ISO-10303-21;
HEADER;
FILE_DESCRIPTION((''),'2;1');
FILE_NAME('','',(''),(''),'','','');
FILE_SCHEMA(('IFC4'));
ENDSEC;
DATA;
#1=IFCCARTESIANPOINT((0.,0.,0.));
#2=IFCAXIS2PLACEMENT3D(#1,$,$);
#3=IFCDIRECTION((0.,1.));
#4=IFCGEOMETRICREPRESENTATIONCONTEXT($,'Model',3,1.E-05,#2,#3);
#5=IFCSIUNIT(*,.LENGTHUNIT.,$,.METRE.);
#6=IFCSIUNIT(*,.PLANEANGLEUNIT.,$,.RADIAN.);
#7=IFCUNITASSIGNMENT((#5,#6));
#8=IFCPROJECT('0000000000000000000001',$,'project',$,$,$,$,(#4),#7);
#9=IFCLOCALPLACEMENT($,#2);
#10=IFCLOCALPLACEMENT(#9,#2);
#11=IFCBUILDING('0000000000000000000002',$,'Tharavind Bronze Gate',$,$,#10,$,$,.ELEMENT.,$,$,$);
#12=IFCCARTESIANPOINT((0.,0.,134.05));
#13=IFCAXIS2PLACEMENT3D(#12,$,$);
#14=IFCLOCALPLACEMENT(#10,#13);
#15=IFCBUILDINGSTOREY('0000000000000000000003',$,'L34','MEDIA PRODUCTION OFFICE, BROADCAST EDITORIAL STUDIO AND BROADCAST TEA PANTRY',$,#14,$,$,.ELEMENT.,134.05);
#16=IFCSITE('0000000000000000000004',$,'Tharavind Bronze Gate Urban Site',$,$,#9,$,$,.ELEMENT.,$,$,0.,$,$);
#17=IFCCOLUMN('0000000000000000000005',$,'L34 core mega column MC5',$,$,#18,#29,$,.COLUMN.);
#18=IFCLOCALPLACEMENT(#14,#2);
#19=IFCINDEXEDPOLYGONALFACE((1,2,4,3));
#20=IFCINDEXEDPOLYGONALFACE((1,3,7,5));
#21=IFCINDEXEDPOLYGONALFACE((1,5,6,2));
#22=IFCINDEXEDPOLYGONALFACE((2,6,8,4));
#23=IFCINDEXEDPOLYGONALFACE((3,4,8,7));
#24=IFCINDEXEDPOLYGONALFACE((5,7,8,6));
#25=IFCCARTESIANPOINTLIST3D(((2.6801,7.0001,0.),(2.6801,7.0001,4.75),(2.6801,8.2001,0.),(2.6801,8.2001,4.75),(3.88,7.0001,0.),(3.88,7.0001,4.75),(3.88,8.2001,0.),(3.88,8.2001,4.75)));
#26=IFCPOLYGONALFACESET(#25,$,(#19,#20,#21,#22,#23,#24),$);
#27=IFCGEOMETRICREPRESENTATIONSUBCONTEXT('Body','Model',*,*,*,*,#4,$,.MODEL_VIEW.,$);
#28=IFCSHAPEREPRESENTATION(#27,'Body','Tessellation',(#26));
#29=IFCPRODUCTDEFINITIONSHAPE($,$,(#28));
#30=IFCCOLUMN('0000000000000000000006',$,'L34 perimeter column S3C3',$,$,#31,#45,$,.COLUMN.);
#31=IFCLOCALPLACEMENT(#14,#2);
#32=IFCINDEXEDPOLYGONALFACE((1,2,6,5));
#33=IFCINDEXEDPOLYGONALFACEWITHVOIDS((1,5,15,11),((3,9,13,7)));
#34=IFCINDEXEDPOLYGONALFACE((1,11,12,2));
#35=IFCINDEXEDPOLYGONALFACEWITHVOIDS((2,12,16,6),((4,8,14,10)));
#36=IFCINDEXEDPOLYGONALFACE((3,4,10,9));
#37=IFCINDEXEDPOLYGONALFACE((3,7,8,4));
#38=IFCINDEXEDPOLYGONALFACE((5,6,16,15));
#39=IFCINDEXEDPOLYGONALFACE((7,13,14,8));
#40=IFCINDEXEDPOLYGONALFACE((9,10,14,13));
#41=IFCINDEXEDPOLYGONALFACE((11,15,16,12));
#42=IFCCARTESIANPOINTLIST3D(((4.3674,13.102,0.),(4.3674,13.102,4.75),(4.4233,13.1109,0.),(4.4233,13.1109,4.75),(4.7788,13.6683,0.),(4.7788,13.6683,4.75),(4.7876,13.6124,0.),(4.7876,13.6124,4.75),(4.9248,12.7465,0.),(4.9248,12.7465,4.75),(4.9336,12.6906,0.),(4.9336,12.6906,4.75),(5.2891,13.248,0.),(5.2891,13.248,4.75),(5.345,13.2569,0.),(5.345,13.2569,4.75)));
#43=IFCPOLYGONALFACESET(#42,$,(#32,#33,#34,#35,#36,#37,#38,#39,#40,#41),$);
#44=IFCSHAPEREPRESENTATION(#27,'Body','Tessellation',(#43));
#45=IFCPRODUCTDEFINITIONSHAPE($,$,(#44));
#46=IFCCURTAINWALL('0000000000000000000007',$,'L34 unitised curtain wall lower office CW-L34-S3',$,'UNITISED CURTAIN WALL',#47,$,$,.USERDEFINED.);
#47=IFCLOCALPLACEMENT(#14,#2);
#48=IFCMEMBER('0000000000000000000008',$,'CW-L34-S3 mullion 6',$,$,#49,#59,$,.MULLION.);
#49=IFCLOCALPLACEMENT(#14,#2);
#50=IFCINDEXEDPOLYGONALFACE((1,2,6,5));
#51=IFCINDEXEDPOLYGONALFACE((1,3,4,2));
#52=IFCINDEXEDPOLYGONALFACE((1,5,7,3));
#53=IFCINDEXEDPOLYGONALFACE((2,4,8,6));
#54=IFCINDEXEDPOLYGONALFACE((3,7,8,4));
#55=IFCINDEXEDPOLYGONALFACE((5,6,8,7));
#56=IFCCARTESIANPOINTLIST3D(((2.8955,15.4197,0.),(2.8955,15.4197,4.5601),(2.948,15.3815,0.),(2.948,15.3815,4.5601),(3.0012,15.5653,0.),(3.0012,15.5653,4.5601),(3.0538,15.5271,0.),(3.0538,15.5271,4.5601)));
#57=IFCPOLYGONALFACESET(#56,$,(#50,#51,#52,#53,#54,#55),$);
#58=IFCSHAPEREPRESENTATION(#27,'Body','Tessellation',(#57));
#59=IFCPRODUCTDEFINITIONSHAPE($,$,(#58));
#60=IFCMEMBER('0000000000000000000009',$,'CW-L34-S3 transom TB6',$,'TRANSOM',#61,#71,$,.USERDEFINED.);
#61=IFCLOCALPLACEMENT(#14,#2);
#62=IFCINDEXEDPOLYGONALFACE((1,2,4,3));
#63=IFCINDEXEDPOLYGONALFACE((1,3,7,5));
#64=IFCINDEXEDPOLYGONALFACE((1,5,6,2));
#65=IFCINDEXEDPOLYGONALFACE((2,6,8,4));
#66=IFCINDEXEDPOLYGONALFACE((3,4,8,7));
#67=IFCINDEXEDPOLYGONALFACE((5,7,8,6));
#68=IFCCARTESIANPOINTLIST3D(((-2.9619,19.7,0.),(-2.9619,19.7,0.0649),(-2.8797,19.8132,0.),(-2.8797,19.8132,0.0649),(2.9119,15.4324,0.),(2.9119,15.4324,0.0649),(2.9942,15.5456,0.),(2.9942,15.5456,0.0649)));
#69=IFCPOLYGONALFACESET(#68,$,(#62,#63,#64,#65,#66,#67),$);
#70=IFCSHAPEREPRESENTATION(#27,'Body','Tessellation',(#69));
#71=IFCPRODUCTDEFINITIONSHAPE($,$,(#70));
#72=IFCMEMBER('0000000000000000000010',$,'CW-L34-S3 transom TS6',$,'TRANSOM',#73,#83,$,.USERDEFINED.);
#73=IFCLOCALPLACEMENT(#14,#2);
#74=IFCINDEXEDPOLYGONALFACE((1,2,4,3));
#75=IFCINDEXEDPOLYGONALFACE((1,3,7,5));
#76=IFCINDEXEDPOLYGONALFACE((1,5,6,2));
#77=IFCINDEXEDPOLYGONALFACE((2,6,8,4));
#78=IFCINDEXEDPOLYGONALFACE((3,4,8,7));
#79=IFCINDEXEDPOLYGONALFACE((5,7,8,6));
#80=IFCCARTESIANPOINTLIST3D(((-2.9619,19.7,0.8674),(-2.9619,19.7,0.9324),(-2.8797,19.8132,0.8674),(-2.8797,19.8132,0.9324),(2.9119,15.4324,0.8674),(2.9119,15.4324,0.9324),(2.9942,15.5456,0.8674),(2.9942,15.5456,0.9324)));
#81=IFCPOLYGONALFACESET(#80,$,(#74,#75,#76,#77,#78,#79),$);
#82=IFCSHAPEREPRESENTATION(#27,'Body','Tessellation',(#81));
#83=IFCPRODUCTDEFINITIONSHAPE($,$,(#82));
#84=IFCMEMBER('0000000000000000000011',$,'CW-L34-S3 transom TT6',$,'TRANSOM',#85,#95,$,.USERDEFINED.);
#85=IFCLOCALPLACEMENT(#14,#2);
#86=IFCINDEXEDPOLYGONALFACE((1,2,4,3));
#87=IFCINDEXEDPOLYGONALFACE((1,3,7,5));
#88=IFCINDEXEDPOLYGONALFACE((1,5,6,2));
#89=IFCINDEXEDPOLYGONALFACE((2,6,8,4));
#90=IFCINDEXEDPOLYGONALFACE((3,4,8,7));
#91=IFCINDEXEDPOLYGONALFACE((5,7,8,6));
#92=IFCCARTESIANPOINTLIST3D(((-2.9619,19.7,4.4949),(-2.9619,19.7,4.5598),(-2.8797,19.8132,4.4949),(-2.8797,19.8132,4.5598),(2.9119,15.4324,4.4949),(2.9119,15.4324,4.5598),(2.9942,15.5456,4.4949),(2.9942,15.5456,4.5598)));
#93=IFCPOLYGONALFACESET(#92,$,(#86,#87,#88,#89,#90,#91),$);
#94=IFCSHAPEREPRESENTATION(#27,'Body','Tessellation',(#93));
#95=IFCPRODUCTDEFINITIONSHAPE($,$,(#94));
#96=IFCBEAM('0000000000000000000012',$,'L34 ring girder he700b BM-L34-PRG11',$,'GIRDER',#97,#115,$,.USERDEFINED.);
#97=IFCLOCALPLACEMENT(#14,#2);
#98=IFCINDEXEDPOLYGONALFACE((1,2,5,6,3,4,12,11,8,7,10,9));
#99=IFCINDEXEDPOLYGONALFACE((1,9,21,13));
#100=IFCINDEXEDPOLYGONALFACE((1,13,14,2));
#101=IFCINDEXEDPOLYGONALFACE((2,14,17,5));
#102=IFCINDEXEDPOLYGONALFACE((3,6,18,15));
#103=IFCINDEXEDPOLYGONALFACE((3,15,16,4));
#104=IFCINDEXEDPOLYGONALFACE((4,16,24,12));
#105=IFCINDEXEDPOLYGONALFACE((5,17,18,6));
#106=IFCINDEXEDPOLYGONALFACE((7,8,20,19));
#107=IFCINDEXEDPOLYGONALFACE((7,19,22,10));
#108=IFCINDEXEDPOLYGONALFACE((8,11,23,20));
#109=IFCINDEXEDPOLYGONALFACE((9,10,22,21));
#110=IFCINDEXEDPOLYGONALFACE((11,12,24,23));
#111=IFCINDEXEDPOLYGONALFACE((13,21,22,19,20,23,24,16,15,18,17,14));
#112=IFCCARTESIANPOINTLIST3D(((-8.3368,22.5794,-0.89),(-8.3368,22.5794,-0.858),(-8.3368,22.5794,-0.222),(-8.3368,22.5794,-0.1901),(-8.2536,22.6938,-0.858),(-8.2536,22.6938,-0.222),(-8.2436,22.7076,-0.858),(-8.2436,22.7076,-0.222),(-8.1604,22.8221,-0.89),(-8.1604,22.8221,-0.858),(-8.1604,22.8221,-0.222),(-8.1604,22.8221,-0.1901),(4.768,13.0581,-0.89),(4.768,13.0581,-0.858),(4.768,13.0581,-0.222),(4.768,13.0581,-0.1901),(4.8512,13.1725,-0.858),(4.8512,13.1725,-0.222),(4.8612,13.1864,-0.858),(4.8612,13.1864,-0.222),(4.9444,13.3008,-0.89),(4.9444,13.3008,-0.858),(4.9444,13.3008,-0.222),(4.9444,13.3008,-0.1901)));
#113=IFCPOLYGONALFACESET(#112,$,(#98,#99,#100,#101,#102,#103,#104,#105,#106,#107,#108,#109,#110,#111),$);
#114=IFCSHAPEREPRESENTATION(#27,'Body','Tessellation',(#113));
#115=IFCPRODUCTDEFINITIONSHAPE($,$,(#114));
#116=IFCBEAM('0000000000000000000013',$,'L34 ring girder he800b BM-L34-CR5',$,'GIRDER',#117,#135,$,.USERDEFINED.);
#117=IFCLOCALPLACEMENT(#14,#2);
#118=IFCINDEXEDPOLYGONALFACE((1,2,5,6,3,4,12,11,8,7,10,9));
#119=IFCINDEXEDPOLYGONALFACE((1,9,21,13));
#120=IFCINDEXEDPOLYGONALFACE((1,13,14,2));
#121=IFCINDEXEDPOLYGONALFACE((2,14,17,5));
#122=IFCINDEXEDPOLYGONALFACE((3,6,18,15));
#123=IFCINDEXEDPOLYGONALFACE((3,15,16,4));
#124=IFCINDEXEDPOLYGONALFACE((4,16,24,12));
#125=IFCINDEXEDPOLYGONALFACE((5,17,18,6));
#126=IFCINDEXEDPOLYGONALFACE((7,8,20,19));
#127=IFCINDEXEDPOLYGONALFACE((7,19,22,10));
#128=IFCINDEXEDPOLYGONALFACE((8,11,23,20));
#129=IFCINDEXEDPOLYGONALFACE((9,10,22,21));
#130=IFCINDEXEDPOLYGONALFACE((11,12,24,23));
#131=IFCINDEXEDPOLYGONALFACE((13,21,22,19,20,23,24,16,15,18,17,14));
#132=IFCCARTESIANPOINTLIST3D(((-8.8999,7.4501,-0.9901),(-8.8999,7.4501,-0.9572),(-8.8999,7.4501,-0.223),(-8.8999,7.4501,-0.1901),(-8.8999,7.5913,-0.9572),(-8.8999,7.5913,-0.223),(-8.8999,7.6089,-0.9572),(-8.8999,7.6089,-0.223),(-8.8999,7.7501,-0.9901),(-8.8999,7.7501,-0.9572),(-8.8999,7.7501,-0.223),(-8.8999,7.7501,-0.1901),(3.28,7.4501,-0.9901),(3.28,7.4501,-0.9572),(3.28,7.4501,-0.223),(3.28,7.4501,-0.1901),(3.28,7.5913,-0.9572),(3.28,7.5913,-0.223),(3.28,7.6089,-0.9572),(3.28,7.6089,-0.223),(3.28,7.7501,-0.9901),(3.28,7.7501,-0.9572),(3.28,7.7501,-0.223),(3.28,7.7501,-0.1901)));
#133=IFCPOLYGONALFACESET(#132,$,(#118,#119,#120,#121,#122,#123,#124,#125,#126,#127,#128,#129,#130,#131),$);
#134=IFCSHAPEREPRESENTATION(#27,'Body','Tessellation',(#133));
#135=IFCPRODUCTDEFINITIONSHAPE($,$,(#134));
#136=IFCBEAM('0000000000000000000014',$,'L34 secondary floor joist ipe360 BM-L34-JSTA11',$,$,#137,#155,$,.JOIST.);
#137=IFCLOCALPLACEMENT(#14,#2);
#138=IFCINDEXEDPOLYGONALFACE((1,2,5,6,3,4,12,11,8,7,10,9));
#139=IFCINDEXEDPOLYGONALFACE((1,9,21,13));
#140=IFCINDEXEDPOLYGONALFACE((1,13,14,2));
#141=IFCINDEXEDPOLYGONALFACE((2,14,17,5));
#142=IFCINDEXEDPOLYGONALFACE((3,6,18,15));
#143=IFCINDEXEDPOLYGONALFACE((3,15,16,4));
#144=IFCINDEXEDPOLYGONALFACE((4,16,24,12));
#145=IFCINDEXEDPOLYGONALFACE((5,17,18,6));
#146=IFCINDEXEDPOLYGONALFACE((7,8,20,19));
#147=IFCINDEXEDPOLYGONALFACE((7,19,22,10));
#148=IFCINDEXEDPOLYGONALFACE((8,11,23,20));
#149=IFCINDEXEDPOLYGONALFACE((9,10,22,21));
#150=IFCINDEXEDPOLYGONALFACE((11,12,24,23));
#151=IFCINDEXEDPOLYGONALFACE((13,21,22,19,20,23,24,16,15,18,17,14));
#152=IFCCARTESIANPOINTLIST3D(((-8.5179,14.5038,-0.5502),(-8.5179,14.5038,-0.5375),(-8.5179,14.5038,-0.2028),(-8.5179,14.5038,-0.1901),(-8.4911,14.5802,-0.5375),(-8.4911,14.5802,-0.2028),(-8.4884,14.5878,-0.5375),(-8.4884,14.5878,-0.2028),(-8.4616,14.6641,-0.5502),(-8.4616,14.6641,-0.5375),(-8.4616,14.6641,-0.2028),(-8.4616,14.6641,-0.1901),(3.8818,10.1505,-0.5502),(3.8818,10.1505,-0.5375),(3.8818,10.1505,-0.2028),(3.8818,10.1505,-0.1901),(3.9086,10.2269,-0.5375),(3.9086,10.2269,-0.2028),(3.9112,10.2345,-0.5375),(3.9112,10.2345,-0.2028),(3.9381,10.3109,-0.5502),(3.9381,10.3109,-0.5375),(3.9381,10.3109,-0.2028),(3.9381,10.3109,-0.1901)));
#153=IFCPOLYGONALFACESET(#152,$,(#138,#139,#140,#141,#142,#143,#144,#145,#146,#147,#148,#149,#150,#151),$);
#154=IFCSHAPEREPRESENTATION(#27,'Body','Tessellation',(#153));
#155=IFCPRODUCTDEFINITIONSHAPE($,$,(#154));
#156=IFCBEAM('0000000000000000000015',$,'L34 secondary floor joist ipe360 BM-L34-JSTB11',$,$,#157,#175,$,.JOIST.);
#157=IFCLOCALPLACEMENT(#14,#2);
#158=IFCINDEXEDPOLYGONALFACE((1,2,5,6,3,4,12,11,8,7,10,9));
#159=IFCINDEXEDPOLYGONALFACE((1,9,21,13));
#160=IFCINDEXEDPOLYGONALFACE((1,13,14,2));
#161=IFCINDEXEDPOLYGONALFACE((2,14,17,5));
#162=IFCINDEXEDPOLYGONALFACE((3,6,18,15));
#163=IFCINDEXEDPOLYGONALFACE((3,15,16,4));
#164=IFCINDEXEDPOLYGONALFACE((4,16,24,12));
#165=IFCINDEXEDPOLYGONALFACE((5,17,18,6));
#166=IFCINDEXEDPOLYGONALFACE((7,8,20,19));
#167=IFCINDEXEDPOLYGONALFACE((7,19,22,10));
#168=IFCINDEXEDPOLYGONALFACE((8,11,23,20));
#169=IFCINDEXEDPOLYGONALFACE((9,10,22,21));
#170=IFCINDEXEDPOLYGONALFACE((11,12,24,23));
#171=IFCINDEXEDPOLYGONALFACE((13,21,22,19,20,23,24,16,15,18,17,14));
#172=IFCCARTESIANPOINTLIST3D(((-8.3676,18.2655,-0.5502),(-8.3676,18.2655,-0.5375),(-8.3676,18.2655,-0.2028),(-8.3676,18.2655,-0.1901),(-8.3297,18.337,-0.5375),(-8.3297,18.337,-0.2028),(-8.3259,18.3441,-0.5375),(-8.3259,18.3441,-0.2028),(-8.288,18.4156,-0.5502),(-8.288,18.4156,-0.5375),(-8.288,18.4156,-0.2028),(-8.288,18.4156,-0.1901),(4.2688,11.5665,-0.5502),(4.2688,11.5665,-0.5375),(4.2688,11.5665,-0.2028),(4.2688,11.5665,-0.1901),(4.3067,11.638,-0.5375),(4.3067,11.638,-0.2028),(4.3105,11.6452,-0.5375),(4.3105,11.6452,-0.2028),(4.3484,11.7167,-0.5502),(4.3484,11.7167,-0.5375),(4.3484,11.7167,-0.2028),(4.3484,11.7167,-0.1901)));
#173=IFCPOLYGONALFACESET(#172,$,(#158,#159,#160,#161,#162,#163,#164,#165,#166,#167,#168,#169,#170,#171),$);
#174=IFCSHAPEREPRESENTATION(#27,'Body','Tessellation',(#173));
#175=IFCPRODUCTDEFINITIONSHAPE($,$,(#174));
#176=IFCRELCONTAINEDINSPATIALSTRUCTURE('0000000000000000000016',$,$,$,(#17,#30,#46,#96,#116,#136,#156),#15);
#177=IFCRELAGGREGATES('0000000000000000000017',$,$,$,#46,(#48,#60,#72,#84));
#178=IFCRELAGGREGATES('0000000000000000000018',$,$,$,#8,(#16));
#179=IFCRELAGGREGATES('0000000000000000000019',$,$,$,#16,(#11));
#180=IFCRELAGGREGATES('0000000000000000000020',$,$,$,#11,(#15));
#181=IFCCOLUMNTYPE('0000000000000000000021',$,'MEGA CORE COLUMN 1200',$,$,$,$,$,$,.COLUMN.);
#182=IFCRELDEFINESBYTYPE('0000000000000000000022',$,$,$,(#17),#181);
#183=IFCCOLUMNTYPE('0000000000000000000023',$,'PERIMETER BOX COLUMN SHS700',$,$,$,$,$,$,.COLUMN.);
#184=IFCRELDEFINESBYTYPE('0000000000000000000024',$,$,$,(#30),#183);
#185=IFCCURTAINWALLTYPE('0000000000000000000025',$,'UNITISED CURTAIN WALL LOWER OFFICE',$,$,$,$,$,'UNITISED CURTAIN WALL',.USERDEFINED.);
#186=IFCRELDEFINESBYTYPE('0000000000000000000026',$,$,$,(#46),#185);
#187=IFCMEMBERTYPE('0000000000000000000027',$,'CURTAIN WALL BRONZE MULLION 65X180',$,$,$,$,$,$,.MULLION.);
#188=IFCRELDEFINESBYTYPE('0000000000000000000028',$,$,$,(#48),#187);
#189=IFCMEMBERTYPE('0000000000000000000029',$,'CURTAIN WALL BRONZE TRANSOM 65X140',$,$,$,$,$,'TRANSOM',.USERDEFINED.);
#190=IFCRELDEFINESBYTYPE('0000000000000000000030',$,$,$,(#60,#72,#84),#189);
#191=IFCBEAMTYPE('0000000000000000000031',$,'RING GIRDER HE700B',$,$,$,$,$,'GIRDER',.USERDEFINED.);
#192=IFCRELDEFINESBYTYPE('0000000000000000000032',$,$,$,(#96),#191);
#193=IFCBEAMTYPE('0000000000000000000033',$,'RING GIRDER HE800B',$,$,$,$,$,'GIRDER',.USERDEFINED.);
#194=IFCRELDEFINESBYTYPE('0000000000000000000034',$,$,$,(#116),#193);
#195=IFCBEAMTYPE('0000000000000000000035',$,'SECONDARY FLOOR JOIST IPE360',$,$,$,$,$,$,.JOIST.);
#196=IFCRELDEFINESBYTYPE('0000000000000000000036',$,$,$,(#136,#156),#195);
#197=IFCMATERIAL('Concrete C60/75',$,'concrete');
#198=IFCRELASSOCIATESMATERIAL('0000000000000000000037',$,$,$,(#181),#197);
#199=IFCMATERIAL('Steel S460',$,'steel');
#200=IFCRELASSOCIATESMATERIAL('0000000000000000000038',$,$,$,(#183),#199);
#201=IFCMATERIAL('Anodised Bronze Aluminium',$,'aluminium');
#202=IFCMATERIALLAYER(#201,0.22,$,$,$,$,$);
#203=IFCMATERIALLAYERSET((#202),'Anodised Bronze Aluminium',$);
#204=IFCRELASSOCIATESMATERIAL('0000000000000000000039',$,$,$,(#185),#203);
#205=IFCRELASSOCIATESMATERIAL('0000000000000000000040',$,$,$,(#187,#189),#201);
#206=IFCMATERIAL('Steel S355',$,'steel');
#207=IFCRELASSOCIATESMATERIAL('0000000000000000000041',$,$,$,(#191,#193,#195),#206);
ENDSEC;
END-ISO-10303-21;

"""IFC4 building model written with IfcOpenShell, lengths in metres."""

from ifc_helpers import new_model, si_unit, direction, frame, origin, origin_2d, place, context, subcontext, project, spatial, rectangle, hollow_rectangle, i_section, extrude, material, layer, layer_set, material_profile, profile_set, type_object, element, aggregate, save


model = new_model("IFC4")

# Units and contexts
model_context = context("Model", 3, precision=1e-05, world=origin(), true_north=direction((0.0, 1.0)))
body_context = subcontext(model_context, "Body", "Model", "MODEL_VIEW")
ifc_project = project(units=[si_unit("LENGTHUNIT", "METRE"), si_unit("PLANEANGLEUNIT", "RADIAN")], contexts=[model_context])

# Site, building, storey
site_placement = place(None, origin())
site = spatial("IfcSite", under=ifc_project, at=site_placement, Name="Tharavind Bronze Gate Urban Site", CompositionType="ELEMENT", RefElevation=0.0)
building_placement = place(site_placement, origin())
building = spatial("IfcBuilding", under=site, at=building_placement, Name="Tharavind Bronze Gate", CompositionType="ELEMENT")
storey_placement = place(building_placement, frame((0.0, 0.0, 134.05)))
storey = spatial("IfcBuildingStorey", under=building, at=storey_placement, Name="L34", Description="MEDIA PRODUCTION OFFICE, BROADCAST EDITORIAL STUDIO AND BROADCAST TEA PANTRY", CompositionType="ELEMENT", Elevation=134.05)

# Columns
ifc_material_1 = material(Name="Concrete C60/75", Category="concrete")
ifc_material_profile_1 = material_profile(ifc_material_1, rectangle(XDim=1.2, YDim=1.2, at=origin_2d()), Name="RCCOL1200")
ifc_profile_set_1 = profile_set([ifc_material_profile_1], Name="Concrete C60/75")
column_type_1 = type_object("IfcColumnType", Name="MEGA CORE COLUMN 1200", PredefinedType="COLUMN", material=ifc_profile_set_1)
column_1_placement = place(storey_placement, frame((3.28, 7.6001, 0.0), z_axis=(0.0, 0.0, 1.0), x_axis=(1.0, 0.0, 0.0)))
element("IfcColumn", 1, at=column_1_placement, inside=storey, type_object=column_type_1, Name="L34 core mega column MC5", PredefinedType="COLUMN", context=body_context, shape_type="SweptSolid", body=[
    extrude(rectangle(XDim=1.2, YDim=1.2, at=origin_2d()), origin(), (0.0, 0.0, 1.0), 4.75),
])
ifc_material_2 = material(Name="Steel S460", Category="steel")
ifc_material_profile_2 = material_profile(ifc_material_2, hollow_rectangle(XDim=0.7, YDim=0.7, WallThickness=0.04, at=origin_2d()), Name="SHS700X40")
ifc_profile_set_2 = profile_set([ifc_material_profile_2], Name="Steel S460")
column_type_2 = type_object("IfcColumnType", Name="PERIMETER BOX COLUMN SHS700", PredefinedType="COLUMN", material=ifc_profile_set_2)
column_2_placement = place(storey_placement, frame((4.8562, 13.1794, 0.0), z_axis=(0.0, 0.0, 1.0), x_axis=(-0.809017, 0.587785, 0.0)))
element("IfcColumn", 2, at=column_2_placement, inside=storey, type_object=column_type_2, Name="L34 perimeter column S3C3", PredefinedType="COLUMN", context=body_context, shape_type="SweptSolid", body=[
    extrude(hollow_rectangle(XDim=0.7, YDim=0.7, WallThickness=0.04, at=origin_2d()), origin(), (0.0, 0.0, 1.0), 4.75),
])

# Curtain wall, members
ifc_material_3 = material(Name="Anodised Bronze Aluminium", Category="aluminium")
ifc_layer_1 = layer(ifc_material_3, 0.22)
ifc_layer_set_1 = layer_set([ifc_layer_1], Name="Anodised Bronze Aluminium")
curtain_wall_type = type_object("IfcCurtainWallType", Name="UNITISED CURTAIN WALL LOWER OFFICE", ElementType="UNITISED CURTAIN WALL", PredefinedType="USERDEFINED", material=ifc_layer_set_1)
curtain_wall_placement = place(storey_placement, origin())
curtain_wall = element("IfcCurtainWall", 3, at=curtain_wall_placement, inside=storey, type_object=curtain_wall_type, Name="L34 unitised curtain wall lower office CW-L34-S3", ObjectType="UNITISED CURTAIN WALL", PredefinedType="USERDEFINED")
member_type_1 = type_object("IfcMemberType", Name="CURTAIN WALL BRONZE MULLION 65X180", PredefinedType="MULLION", material=ifc_material_3)
member_1_placement = place(storey_placement, frame((2.9746, 15.4734, 0.0), z_axis=(0.0, 0.0, 1.0), x_axis=(-0.809017, 0.587785, 0.0)))
member_1 = element("IfcMember", 4, at=member_1_placement, type_object=member_type_1, Name="CW-L34-S3 mullion 6", PredefinedType="MULLION", context=body_context, shape_type="SweptSolid", body=[
    extrude(rectangle(XDim=0.0649, YDim=0.1799, at=origin_2d()), origin(), (0.0, 0.0, 1.0), 4.5601),
])
member_type_2 = type_object("IfcMemberType", Name="CURTAIN WALL BRONZE TRANSOM 65X140", ElementType="TRANSOM", PredefinedType="USERDEFINED", material=ifc_material_3)
member_2_placement = place(storey_placement, frame((0.0161, 17.6228, 0.0), z_axis=(0.0, 0.0, 1.0), x_axis=(-0.809017, 0.587785, 0.0)))
member_2 = element("IfcMember", 5, at=member_2_placement, type_object=member_type_2, Name="CW-L34-S3 transom TB6", ObjectType="TRANSOM", PredefinedType="USERDEFINED", context=body_context, shape_type="SweptSolid", body=[
    extrude(rectangle(XDim=7.2605, YDim=0.1399, at=origin_2d()), origin(), (0.0, 0.0, 1.0), 0.0649),
])
member_3_placement = place(storey_placement, frame((0.0161, 17.6228, 0.8674), z_axis=(0.0, 0.0, 1.0), x_axis=(-0.809017, 0.587785, 0.0)))
member_3 = element("IfcMember", 6, at=member_3_placement, type_object=member_type_2, Name="CW-L34-S3 transom TS6", ObjectType="TRANSOM", PredefinedType="USERDEFINED", context=body_context, shape_type="SweptSolid", body=[
    extrude(rectangle(XDim=7.2605, YDim=0.1399, at=origin_2d()), origin(), (0.0, 0.0, 1.0), 0.0649),
])
member_4_placement = place(storey_placement, frame((0.0161, 17.6228, 4.4949), z_axis=(0.0, 0.0, 1.0), x_axis=(-0.809017, 0.587785, 0.0)))
member_4 = element("IfcMember", 7, at=member_4_placement, type_object=member_type_2, Name="CW-L34-S3 transom TT6", ObjectType="TRANSOM", PredefinedType="USERDEFINED", context=body_context, shape_type="SweptSolid", body=[
    extrude(rectangle(XDim=7.2605, YDim=0.1399, at=origin_2d()), origin(), (0.0, 0.0, 1.0), 0.0649),
])

# Beams
ifc_material_4 = material(Name="Steel S355", Category="steel")
ifc_material_profile_3 = material_profile(ifc_material_4, i_section(OverallWidth=0.3, OverallDepth=0.7, WebThickness=0.0171, FlangeThickness=0.032, at=origin_2d()), Name="HE700B")
ifc_profile_set_3 = profile_set([ifc_material_profile_3], Name="Steel S355")
beam_type_1 = type_object("IfcBeamType", Name="RING GIRDER HE700B", ElementType="GIRDER", PredefinedType="USERDEFINED", material=ifc_profile_set_3)
beam_1_placement = place(storey_placement, frame((4.8562, 13.1794, -0.54), z_axis=(-0.809014, 0.587789, 0.0), x_axis=(-0.587789, -0.809014, 0.0)))
element("IfcBeam", 8, at=beam_1_placement, inside=storey, type_object=beam_type_1, Name="L34 ring girder he700b BM-L34-PRG11", ObjectType="GIRDER", PredefinedType="USERDEFINED", context=body_context, shape_type="SweptSolid", body=[
    extrude(i_section(OverallWidth=0.3, OverallDepth=0.7, WebThickness=0.0171, FlangeThickness=0.032, at=origin_2d()), origin(), (0.0, 0.0, 1.0), 16.1985),
])
ifc_material_profile_4 = material_profile(ifc_material_4, i_section(OverallWidth=0.3, OverallDepth=0.8, WebThickness=0.0176, FlangeThickness=0.033, at=origin_2d()), Name="HE800B")
ifc_profile_set_4 = profile_set([ifc_material_profile_4], Name="Steel S355")
beam_type_2 = type_object("IfcBeamType", Name="RING GIRDER HE800B", ElementType="GIRDER", PredefinedType="USERDEFINED", material=ifc_profile_set_4)
beam_2_placement = place(storey_placement, frame((3.28, 7.6001, -0.5901), z_axis=(-1.0, 0.0, 0.0), x_axis=(0.0, -1.0, 0.0)))
element("IfcBeam", 9, at=beam_2_placement, inside=storey, type_object=beam_type_2, Name="L34 ring girder he800b BM-L34-CR5", ObjectType="GIRDER", PredefinedType="USERDEFINED", context=body_context, shape_type="SweptSolid", body=[
    extrude(i_section(OverallWidth=0.3, OverallDepth=0.8, WebThickness=0.0176, FlangeThickness=0.033, at=origin_2d()), origin(), (0.0, 0.0, 1.0), 12.1799),
])
ifc_material_profile_5 = material_profile(ifc_material_4, i_section(OverallWidth=0.1699, OverallDepth=0.3601, WebThickness=0.0081, FlangeThickness=0.0127, at=origin_2d()), Name="IPE360")
ifc_profile_set_5 = profile_set([ifc_material_profile_5], Name="Steel S355")
beam_type_3 = type_object("IfcBeamType", Name="SECONDARY FLOOR JOIST IPE360", PredefinedType="JOIST", material=ifc_profile_set_5)
beam_3_placement = place(storey_placement, frame((3.9099, 10.2307, -0.3701), z_axis=(-0.94354, 0.331258, 0.0), x_axis=(-0.331258, -0.94354, 0.0)))
element("IfcBeam", 10, at=beam_3_placement, inside=storey, type_object=beam_type_3, Name="L34 secondary floor joist ipe360 BM-L34-JSTA11", PredefinedType="JOIST", context=body_context, shape_type="SweptSolid", body=[
    extrude(i_section(OverallWidth=0.1699, OverallDepth=0.3601, WebThickness=0.0081, FlangeThickness=0.0127, at=origin_2d()), origin(), (0.0, 0.0, 1.0), 13.1416),
])
beam_4_placement = place(storey_placement, frame((4.3086, 11.6416, -0.3701), z_axis=(-0.883525, 0.468383, 0.0), x_axis=(-0.468383, -0.883525, 0.0)))
element("IfcBeam", 11, at=beam_4_placement, inside=storey, type_object=beam_type_3, Name="L34 secondary floor joist ipe360 BM-L34-JSTB11", PredefinedType="JOIST", context=body_context, shape_type="SweptSolid", body=[
    extrude(i_section(OverallWidth=0.1699, OverallDepth=0.3601, WebThickness=0.0081, FlangeThickness=0.0127, at=origin_2d()), origin(), (0.0, 0.0, 1.0), 14.3022),
])

aggregate(curtain_wall, [member_1, member_2, member_3, member_4])

save(model, "model.ifc")
